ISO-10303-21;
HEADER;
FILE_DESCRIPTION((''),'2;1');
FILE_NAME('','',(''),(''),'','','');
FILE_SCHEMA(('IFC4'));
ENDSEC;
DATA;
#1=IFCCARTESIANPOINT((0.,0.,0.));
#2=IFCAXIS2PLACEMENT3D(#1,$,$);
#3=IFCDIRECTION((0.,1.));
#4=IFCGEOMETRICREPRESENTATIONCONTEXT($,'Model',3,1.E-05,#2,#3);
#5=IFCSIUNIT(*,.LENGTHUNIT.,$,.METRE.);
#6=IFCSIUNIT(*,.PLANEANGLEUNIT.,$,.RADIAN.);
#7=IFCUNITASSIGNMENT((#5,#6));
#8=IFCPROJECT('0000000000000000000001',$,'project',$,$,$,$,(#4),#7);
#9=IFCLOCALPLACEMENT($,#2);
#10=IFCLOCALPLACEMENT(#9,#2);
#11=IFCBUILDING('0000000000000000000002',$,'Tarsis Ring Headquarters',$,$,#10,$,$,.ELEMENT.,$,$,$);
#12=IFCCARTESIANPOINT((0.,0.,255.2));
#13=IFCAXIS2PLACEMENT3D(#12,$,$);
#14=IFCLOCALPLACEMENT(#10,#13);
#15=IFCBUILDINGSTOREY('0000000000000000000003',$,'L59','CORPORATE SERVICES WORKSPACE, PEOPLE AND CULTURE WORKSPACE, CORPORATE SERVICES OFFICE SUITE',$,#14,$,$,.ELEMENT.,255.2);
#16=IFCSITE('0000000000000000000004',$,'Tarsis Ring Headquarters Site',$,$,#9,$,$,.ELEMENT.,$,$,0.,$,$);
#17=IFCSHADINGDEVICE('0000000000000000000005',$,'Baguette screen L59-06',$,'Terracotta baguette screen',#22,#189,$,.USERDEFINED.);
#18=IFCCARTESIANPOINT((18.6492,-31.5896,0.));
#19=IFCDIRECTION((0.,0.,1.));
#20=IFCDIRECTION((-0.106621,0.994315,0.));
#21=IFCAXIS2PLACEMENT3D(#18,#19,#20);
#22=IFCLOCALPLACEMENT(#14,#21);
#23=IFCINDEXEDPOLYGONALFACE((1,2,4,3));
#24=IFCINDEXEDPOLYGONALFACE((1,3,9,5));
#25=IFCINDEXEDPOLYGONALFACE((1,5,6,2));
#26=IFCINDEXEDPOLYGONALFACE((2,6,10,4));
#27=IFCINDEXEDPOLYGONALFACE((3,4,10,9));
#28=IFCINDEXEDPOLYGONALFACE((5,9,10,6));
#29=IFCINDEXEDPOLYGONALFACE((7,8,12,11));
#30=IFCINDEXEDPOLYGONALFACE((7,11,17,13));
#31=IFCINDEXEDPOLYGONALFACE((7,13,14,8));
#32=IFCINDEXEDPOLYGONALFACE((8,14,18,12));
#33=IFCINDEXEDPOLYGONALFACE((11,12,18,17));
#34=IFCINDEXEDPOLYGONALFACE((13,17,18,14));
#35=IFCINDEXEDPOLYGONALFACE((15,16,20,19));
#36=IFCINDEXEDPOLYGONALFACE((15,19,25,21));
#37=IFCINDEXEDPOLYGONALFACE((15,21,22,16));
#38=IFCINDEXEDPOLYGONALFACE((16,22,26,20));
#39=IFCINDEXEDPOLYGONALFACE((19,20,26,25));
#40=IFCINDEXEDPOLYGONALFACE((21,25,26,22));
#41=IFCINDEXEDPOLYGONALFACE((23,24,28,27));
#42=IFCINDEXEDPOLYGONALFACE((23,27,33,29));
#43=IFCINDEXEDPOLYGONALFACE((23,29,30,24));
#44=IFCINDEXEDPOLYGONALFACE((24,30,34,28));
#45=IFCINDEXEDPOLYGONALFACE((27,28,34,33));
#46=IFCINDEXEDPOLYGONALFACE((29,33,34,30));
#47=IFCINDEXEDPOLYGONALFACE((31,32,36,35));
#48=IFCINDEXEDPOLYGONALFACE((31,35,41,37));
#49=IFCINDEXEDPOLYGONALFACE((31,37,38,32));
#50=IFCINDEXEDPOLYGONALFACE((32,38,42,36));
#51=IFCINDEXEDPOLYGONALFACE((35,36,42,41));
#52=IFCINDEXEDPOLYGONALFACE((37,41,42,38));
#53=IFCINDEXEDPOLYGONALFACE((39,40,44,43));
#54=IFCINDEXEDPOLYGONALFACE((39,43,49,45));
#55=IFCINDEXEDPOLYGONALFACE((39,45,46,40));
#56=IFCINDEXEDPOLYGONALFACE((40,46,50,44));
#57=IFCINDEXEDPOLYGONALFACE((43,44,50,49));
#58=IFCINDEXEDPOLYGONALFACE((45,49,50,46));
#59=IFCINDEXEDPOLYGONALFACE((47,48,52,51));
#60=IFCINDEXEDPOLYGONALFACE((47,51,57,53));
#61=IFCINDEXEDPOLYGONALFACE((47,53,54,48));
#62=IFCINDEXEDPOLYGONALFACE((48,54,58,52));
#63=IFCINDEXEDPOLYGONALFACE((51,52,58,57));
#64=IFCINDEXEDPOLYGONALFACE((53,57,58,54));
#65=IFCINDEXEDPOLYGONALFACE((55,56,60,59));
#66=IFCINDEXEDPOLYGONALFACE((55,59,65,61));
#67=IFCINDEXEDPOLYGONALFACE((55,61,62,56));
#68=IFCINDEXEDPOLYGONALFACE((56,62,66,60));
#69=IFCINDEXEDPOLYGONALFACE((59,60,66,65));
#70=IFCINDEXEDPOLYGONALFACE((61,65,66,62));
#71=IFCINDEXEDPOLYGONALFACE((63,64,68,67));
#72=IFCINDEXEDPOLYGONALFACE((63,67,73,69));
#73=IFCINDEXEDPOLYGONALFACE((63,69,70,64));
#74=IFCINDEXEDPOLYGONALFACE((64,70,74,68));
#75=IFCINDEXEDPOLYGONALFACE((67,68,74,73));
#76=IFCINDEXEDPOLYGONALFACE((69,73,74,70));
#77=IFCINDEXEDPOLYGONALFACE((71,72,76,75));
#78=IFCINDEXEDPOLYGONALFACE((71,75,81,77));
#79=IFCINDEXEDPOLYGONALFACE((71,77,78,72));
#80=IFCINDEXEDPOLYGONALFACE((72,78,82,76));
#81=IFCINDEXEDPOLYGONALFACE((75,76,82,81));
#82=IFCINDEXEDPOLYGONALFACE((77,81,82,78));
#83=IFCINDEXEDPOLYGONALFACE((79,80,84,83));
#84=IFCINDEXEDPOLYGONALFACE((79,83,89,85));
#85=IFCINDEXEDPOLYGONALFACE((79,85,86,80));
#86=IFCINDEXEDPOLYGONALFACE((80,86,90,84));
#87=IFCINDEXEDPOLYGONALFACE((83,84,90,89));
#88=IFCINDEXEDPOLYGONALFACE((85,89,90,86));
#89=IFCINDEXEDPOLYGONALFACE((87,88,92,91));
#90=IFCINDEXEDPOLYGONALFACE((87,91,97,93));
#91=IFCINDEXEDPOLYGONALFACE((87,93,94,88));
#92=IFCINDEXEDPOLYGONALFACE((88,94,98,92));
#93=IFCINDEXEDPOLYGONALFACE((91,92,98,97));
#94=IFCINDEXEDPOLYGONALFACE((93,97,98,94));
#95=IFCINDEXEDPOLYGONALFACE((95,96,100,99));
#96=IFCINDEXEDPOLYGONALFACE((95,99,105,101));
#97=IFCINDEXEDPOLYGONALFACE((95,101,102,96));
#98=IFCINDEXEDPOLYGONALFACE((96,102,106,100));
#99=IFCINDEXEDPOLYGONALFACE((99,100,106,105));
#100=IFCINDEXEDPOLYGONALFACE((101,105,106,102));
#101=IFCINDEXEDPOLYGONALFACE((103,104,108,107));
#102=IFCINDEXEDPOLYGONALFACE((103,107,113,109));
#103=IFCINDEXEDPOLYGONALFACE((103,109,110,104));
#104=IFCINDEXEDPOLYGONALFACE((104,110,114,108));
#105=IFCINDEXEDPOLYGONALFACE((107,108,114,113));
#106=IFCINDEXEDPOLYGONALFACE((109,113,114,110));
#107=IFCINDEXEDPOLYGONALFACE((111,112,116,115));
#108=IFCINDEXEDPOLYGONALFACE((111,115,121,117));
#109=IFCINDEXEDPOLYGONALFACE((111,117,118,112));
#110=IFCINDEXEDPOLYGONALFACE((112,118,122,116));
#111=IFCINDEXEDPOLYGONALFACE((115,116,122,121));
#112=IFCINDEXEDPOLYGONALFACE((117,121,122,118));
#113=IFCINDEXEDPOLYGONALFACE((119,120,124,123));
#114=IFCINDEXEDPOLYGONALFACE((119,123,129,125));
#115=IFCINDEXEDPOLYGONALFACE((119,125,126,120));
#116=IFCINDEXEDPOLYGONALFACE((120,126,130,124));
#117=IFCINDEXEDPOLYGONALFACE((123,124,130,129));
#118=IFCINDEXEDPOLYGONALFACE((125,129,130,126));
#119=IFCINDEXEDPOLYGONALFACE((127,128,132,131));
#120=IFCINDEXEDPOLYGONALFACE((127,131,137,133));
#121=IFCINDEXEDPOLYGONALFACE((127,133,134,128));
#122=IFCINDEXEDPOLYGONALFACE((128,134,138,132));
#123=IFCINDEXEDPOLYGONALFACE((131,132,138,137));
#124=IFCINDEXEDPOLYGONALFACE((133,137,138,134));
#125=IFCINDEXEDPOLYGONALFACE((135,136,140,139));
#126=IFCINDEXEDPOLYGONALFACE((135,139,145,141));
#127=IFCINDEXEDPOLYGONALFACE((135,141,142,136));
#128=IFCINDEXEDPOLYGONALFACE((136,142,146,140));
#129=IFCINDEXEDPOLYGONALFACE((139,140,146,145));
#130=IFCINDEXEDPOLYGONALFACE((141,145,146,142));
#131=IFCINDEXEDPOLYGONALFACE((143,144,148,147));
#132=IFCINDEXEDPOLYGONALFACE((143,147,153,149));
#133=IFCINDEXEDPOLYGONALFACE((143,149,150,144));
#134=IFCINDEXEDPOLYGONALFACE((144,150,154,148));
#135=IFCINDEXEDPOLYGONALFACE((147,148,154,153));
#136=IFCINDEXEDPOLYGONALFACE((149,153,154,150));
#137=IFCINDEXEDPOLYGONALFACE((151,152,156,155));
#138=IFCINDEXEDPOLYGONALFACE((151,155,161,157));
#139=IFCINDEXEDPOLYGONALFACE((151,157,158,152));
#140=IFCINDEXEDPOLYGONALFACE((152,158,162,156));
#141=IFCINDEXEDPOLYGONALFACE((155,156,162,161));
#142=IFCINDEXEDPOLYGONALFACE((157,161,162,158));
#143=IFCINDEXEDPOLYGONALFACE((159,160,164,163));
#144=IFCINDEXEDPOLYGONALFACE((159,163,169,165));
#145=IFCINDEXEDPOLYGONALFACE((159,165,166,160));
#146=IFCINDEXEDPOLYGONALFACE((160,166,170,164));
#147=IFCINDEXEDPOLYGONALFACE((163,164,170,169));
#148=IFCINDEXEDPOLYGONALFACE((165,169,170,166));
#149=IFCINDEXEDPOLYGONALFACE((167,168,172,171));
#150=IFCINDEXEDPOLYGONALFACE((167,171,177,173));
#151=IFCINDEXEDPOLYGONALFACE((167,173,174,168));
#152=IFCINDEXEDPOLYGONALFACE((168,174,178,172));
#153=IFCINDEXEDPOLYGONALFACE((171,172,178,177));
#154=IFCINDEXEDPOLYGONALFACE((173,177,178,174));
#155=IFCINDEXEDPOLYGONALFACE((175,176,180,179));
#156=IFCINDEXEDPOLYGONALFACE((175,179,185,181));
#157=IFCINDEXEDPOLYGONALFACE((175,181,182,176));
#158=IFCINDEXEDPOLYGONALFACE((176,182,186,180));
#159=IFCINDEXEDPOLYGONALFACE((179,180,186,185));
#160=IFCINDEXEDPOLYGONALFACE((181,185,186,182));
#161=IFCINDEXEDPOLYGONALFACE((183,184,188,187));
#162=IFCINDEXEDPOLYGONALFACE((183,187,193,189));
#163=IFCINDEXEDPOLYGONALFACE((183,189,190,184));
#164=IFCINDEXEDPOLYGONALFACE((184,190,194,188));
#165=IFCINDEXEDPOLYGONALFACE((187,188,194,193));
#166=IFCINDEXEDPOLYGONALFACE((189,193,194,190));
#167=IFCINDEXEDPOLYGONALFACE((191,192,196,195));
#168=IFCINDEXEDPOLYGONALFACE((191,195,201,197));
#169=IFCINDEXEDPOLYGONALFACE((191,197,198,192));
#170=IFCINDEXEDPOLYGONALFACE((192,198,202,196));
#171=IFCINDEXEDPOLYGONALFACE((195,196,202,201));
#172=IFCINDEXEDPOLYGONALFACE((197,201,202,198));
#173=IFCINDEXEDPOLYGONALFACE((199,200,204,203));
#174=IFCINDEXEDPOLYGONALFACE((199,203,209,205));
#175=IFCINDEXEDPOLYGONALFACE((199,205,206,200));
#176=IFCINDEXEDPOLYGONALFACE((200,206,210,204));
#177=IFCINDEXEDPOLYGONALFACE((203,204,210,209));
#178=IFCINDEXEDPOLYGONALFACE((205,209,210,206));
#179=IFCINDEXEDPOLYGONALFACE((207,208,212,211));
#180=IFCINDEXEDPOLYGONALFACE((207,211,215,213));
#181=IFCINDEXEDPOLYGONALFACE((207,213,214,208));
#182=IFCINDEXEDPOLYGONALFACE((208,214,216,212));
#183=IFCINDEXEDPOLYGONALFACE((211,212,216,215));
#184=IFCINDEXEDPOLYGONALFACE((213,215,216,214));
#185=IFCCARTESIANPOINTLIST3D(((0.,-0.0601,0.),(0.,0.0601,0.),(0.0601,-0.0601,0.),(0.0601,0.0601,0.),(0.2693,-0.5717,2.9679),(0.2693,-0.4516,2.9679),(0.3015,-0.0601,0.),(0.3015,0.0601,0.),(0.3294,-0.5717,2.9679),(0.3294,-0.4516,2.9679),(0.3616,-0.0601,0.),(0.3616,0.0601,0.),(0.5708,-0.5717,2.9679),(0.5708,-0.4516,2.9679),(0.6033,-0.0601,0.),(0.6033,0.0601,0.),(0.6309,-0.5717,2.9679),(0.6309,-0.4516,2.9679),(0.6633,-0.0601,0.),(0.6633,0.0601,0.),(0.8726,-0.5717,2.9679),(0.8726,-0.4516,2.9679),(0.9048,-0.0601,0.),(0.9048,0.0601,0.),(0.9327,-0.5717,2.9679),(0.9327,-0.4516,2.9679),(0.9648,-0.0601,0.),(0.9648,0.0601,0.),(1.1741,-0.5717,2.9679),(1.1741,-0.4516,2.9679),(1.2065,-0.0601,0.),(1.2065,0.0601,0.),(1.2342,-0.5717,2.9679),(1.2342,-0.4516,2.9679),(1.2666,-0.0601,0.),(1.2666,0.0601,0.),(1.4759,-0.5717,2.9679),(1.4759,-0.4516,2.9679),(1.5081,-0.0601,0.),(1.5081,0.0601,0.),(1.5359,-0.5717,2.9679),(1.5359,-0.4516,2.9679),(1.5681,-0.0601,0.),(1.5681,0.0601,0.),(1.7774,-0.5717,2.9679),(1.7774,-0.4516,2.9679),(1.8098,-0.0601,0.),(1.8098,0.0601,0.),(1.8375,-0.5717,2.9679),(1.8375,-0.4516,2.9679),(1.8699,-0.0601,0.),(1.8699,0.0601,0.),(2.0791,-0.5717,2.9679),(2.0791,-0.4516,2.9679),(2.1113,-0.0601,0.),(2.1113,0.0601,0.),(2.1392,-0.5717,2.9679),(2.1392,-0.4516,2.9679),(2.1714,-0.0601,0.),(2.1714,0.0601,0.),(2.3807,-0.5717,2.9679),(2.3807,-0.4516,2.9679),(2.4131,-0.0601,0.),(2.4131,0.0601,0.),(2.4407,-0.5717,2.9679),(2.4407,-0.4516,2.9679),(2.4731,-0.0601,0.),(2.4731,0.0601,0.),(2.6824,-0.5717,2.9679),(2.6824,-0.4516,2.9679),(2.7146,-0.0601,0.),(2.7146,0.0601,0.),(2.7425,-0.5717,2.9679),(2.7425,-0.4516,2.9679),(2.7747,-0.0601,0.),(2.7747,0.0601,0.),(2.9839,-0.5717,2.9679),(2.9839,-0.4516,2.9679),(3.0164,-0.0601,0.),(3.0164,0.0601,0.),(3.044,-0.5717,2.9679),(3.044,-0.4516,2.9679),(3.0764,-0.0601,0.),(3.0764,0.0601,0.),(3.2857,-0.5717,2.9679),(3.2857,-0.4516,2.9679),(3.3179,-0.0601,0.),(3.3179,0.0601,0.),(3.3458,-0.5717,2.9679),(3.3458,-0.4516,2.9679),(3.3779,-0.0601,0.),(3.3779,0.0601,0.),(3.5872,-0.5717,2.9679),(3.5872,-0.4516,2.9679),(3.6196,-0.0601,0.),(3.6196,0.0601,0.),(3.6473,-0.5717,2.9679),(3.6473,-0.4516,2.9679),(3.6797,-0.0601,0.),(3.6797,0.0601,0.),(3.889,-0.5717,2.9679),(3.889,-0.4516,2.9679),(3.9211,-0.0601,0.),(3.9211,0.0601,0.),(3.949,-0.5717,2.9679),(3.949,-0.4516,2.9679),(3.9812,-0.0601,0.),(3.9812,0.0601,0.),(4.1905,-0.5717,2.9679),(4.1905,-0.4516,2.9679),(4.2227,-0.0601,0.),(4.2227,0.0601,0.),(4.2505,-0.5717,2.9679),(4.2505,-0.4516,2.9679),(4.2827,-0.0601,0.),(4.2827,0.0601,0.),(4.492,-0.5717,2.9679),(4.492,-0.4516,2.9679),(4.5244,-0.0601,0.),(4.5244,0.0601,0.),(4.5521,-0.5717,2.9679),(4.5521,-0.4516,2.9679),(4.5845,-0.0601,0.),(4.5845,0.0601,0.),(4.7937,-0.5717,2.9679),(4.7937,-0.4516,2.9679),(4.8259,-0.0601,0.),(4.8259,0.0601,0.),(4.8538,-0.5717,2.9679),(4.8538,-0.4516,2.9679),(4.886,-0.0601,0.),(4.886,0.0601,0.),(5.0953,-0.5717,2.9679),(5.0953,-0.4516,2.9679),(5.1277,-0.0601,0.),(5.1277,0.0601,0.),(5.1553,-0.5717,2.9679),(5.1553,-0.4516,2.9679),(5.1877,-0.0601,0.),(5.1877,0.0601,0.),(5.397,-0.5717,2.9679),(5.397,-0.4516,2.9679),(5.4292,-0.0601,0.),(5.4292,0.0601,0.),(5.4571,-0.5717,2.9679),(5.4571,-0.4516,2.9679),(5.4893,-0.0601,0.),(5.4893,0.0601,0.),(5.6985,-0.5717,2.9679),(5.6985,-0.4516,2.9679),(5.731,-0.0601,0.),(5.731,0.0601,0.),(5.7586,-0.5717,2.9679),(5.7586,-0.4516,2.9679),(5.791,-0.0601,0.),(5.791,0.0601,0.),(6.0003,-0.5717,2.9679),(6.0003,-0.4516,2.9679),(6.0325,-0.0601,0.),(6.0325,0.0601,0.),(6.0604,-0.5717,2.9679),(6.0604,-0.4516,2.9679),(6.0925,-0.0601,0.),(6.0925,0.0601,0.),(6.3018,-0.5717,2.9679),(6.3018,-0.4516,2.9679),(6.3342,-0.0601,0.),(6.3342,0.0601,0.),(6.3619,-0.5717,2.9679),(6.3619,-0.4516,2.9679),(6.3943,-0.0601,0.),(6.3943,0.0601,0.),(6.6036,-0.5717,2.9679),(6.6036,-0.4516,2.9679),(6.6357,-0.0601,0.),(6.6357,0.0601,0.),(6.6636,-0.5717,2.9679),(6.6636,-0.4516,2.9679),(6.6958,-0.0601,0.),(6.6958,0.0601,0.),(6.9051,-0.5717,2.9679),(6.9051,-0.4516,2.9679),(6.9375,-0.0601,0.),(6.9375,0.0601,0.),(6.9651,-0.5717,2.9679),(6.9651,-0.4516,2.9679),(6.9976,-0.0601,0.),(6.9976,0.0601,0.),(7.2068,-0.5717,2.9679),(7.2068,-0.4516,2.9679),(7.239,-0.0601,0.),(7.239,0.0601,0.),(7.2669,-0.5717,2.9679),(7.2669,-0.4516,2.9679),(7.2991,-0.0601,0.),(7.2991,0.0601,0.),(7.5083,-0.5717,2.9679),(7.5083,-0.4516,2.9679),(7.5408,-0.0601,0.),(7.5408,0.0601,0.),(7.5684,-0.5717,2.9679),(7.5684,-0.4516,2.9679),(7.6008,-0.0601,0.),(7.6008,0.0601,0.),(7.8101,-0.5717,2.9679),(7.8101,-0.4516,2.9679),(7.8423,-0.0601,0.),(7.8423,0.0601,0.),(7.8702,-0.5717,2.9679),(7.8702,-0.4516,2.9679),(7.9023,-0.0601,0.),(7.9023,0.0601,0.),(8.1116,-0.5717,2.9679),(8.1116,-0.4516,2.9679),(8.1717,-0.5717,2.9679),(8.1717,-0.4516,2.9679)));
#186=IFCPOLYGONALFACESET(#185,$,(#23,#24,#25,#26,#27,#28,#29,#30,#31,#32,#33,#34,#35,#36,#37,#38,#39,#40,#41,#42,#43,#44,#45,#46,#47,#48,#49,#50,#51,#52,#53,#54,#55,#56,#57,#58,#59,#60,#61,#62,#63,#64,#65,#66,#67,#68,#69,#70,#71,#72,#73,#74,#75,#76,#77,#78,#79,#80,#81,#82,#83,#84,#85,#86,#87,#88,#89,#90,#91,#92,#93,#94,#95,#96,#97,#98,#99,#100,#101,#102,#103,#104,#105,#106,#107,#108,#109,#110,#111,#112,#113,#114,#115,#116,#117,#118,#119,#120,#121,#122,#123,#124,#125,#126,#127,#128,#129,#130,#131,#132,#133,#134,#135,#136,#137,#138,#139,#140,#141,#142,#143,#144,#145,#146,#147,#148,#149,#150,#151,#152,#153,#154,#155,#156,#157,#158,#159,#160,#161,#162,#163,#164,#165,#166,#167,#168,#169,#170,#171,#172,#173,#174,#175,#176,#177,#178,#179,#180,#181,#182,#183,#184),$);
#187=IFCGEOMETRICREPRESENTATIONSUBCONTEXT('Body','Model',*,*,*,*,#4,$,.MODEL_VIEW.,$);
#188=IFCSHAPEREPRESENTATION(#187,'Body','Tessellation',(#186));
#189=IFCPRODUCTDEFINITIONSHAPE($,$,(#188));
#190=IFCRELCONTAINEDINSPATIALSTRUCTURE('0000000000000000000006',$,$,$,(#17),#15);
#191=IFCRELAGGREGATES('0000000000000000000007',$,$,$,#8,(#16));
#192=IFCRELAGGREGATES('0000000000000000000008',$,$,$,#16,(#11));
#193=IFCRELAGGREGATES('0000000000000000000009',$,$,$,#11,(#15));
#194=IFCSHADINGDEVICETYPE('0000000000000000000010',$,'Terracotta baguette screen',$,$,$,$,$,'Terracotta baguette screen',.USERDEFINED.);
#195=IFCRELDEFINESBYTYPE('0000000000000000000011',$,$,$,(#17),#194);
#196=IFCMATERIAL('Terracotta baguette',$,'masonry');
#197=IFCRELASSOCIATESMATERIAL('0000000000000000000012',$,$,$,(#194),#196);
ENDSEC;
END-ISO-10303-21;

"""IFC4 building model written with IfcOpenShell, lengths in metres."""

from ifc_helpers import new_model, si_unit, direction, frame, frame_2d, origin, place, context, subcontext, project, spatial, rectangle, composite_profile, extrude, material, type_object, element, save


model = new_model("IFC4")

# Units and contexts
model_context = context("Model", 3, precision=1e-05, world=origin(), true_north=direction((0.0, 1.0)))
body_context = subcontext(model_context, "Body", "Model", "MODEL_VIEW")
ifc_project = project(units=[si_unit("LENGTHUNIT", "METRE"), si_unit("PLANEANGLEUNIT", "RADIAN")], contexts=[model_context])

# Site, building, storey
site_placement = place(None, origin())
site = spatial("IfcSite", under=ifc_project, at=site_placement, Name="Tarsis Ring Headquarters Site", CompositionType="ELEMENT", RefElevation=0.0)
building_placement = place(site_placement, origin())
building = spatial("IfcBuilding", under=site, at=building_placement, Name="Tarsis Ring Headquarters", CompositionType="ELEMENT")
storey_placement = place(building_placement, frame((0.0, 0.0, 255.2)))
storey = spatial("IfcBuildingStorey", under=building, at=storey_placement, Name="L59", Description="CORPORATE SERVICES WORKSPACE, PEOPLE AND CULTURE WORKSPACE, CORPORATE SERVICES OFFICE SUITE", CompositionType="ELEMENT", Elevation=255.2)

# Shading device
ifc_material_1 = material(Name="Terracotta baguette", Category="masonry")
shading_device_type = type_object("IfcShadingDeviceType", Name="Terracotta baguette screen", ElementType="Terracotta baguette screen", PredefinedType="USERDEFINED", material=ifc_material_1)
shading_device_1_placement = place(storey_placement, frame((18.6492, -31.5896, 0.0), z_axis=(0.0, 0.0, 1.0), x_axis=(-0.106621, 0.994315, 0.0)))
element("IfcShadingDevice", 1, at=shading_device_1_placement, inside=storey, type_object=shading_device_type, Name="Baguette screen L59-06", ObjectType="Terracotta baguette screen", PredefinedType="USERDEFINED", context=body_context, shape_type="SweptSolid", body=[
    extrude(composite_profile([rectangle(XDim=0.0601, YDim=0.1201, at=frame_2d((0.03, 0.0))), rectangle(XDim=0.0601, YDim=0.1201, at=frame_2d((0.3315, 0.0))), rectangle(XDim=0.0601, YDim=0.1201, at=frame_2d((0.6333, 0.0))), rectangle(XDim=0.0601, YDim=0.1201, at=frame_2d((0.9348, 0.0))), rectangle(XDim=0.0601, YDim=0.1201, at=frame_2d((1.2366, 0.0))), rectangle(XDim=0.0601, YDim=0.1201, at=frame_2d((1.5381, 0.0))), rectangle(XDim=0.0601, YDim=0.1201, at=frame_2d((1.8398, 0.0))), rectangle(XDim=0.0601, YDim=0.1201, at=frame_2d((2.1414, 0.0))), rectangle(XDim=0.0601, YDim=0.1201, at=frame_2d((2.4431, 0.0))), rectangle(XDim=0.0601, YDim=0.1201, at=frame_2d((2.7446, 0.0))), rectangle(XDim=0.0601, YDim=0.1201, at=frame_2d((3.0464, 0.0))), rectangle(XDim=0.0601, YDim=0.1201, at=frame_2d((3.3479, 0.0))), rectangle(XDim=0.0601, YDim=0.1201, at=frame_2d((3.6497, 0.0))), rectangle(XDim=0.0601, YDim=0.1201, at=frame_2d((3.9512, 0.0))), rectangle(XDim=0.0601, YDim=0.1201, at=frame_2d((4.2527, 0.0))), rectangle(XDim=0.0601, YDim=0.1201, at=frame_2d((4.5544, 0.0))), rectangle(XDim=0.0601, YDim=0.1201, at=frame_2d((4.856, 0.0))), rectangle(XDim=0.0601, YDim=0.1201, at=frame_2d((5.1577, 0.0))), rectangle(XDim=0.0601, YDim=0.1201, at=frame_2d((5.4592, 0.0))), rectangle(XDim=0.0601, YDim=0.1201, at=frame_2d((5.761, 0.0))), rectangle(XDim=0.0601, YDim=0.1201, at=frame_2d((6.0625, 0.0))), rectangle(XDim=0.0601, YDim=0.1201, at=frame_2d((6.3643, 0.0))), rectangle(XDim=0.0601, YDim=0.1201, at=frame_2d((6.6658, 0.0))), rectangle(XDim=0.0601, YDim=0.1201, at=frame_2d((6.9675, 0.0))), rectangle(XDim=0.0601, YDim=0.1201, at=frame_2d((7.269, 0.0))), rectangle(XDim=0.0601, YDim=0.1201, at=frame_2d((7.5708, 0.0))), rectangle(XDim=0.0601, YDim=0.1201, at=frame_2d((7.8723, 0.0)))]), origin(), (0.089075, -0.169208, 0.981547), 3.0237),
])

save(model, "model.ifc")
